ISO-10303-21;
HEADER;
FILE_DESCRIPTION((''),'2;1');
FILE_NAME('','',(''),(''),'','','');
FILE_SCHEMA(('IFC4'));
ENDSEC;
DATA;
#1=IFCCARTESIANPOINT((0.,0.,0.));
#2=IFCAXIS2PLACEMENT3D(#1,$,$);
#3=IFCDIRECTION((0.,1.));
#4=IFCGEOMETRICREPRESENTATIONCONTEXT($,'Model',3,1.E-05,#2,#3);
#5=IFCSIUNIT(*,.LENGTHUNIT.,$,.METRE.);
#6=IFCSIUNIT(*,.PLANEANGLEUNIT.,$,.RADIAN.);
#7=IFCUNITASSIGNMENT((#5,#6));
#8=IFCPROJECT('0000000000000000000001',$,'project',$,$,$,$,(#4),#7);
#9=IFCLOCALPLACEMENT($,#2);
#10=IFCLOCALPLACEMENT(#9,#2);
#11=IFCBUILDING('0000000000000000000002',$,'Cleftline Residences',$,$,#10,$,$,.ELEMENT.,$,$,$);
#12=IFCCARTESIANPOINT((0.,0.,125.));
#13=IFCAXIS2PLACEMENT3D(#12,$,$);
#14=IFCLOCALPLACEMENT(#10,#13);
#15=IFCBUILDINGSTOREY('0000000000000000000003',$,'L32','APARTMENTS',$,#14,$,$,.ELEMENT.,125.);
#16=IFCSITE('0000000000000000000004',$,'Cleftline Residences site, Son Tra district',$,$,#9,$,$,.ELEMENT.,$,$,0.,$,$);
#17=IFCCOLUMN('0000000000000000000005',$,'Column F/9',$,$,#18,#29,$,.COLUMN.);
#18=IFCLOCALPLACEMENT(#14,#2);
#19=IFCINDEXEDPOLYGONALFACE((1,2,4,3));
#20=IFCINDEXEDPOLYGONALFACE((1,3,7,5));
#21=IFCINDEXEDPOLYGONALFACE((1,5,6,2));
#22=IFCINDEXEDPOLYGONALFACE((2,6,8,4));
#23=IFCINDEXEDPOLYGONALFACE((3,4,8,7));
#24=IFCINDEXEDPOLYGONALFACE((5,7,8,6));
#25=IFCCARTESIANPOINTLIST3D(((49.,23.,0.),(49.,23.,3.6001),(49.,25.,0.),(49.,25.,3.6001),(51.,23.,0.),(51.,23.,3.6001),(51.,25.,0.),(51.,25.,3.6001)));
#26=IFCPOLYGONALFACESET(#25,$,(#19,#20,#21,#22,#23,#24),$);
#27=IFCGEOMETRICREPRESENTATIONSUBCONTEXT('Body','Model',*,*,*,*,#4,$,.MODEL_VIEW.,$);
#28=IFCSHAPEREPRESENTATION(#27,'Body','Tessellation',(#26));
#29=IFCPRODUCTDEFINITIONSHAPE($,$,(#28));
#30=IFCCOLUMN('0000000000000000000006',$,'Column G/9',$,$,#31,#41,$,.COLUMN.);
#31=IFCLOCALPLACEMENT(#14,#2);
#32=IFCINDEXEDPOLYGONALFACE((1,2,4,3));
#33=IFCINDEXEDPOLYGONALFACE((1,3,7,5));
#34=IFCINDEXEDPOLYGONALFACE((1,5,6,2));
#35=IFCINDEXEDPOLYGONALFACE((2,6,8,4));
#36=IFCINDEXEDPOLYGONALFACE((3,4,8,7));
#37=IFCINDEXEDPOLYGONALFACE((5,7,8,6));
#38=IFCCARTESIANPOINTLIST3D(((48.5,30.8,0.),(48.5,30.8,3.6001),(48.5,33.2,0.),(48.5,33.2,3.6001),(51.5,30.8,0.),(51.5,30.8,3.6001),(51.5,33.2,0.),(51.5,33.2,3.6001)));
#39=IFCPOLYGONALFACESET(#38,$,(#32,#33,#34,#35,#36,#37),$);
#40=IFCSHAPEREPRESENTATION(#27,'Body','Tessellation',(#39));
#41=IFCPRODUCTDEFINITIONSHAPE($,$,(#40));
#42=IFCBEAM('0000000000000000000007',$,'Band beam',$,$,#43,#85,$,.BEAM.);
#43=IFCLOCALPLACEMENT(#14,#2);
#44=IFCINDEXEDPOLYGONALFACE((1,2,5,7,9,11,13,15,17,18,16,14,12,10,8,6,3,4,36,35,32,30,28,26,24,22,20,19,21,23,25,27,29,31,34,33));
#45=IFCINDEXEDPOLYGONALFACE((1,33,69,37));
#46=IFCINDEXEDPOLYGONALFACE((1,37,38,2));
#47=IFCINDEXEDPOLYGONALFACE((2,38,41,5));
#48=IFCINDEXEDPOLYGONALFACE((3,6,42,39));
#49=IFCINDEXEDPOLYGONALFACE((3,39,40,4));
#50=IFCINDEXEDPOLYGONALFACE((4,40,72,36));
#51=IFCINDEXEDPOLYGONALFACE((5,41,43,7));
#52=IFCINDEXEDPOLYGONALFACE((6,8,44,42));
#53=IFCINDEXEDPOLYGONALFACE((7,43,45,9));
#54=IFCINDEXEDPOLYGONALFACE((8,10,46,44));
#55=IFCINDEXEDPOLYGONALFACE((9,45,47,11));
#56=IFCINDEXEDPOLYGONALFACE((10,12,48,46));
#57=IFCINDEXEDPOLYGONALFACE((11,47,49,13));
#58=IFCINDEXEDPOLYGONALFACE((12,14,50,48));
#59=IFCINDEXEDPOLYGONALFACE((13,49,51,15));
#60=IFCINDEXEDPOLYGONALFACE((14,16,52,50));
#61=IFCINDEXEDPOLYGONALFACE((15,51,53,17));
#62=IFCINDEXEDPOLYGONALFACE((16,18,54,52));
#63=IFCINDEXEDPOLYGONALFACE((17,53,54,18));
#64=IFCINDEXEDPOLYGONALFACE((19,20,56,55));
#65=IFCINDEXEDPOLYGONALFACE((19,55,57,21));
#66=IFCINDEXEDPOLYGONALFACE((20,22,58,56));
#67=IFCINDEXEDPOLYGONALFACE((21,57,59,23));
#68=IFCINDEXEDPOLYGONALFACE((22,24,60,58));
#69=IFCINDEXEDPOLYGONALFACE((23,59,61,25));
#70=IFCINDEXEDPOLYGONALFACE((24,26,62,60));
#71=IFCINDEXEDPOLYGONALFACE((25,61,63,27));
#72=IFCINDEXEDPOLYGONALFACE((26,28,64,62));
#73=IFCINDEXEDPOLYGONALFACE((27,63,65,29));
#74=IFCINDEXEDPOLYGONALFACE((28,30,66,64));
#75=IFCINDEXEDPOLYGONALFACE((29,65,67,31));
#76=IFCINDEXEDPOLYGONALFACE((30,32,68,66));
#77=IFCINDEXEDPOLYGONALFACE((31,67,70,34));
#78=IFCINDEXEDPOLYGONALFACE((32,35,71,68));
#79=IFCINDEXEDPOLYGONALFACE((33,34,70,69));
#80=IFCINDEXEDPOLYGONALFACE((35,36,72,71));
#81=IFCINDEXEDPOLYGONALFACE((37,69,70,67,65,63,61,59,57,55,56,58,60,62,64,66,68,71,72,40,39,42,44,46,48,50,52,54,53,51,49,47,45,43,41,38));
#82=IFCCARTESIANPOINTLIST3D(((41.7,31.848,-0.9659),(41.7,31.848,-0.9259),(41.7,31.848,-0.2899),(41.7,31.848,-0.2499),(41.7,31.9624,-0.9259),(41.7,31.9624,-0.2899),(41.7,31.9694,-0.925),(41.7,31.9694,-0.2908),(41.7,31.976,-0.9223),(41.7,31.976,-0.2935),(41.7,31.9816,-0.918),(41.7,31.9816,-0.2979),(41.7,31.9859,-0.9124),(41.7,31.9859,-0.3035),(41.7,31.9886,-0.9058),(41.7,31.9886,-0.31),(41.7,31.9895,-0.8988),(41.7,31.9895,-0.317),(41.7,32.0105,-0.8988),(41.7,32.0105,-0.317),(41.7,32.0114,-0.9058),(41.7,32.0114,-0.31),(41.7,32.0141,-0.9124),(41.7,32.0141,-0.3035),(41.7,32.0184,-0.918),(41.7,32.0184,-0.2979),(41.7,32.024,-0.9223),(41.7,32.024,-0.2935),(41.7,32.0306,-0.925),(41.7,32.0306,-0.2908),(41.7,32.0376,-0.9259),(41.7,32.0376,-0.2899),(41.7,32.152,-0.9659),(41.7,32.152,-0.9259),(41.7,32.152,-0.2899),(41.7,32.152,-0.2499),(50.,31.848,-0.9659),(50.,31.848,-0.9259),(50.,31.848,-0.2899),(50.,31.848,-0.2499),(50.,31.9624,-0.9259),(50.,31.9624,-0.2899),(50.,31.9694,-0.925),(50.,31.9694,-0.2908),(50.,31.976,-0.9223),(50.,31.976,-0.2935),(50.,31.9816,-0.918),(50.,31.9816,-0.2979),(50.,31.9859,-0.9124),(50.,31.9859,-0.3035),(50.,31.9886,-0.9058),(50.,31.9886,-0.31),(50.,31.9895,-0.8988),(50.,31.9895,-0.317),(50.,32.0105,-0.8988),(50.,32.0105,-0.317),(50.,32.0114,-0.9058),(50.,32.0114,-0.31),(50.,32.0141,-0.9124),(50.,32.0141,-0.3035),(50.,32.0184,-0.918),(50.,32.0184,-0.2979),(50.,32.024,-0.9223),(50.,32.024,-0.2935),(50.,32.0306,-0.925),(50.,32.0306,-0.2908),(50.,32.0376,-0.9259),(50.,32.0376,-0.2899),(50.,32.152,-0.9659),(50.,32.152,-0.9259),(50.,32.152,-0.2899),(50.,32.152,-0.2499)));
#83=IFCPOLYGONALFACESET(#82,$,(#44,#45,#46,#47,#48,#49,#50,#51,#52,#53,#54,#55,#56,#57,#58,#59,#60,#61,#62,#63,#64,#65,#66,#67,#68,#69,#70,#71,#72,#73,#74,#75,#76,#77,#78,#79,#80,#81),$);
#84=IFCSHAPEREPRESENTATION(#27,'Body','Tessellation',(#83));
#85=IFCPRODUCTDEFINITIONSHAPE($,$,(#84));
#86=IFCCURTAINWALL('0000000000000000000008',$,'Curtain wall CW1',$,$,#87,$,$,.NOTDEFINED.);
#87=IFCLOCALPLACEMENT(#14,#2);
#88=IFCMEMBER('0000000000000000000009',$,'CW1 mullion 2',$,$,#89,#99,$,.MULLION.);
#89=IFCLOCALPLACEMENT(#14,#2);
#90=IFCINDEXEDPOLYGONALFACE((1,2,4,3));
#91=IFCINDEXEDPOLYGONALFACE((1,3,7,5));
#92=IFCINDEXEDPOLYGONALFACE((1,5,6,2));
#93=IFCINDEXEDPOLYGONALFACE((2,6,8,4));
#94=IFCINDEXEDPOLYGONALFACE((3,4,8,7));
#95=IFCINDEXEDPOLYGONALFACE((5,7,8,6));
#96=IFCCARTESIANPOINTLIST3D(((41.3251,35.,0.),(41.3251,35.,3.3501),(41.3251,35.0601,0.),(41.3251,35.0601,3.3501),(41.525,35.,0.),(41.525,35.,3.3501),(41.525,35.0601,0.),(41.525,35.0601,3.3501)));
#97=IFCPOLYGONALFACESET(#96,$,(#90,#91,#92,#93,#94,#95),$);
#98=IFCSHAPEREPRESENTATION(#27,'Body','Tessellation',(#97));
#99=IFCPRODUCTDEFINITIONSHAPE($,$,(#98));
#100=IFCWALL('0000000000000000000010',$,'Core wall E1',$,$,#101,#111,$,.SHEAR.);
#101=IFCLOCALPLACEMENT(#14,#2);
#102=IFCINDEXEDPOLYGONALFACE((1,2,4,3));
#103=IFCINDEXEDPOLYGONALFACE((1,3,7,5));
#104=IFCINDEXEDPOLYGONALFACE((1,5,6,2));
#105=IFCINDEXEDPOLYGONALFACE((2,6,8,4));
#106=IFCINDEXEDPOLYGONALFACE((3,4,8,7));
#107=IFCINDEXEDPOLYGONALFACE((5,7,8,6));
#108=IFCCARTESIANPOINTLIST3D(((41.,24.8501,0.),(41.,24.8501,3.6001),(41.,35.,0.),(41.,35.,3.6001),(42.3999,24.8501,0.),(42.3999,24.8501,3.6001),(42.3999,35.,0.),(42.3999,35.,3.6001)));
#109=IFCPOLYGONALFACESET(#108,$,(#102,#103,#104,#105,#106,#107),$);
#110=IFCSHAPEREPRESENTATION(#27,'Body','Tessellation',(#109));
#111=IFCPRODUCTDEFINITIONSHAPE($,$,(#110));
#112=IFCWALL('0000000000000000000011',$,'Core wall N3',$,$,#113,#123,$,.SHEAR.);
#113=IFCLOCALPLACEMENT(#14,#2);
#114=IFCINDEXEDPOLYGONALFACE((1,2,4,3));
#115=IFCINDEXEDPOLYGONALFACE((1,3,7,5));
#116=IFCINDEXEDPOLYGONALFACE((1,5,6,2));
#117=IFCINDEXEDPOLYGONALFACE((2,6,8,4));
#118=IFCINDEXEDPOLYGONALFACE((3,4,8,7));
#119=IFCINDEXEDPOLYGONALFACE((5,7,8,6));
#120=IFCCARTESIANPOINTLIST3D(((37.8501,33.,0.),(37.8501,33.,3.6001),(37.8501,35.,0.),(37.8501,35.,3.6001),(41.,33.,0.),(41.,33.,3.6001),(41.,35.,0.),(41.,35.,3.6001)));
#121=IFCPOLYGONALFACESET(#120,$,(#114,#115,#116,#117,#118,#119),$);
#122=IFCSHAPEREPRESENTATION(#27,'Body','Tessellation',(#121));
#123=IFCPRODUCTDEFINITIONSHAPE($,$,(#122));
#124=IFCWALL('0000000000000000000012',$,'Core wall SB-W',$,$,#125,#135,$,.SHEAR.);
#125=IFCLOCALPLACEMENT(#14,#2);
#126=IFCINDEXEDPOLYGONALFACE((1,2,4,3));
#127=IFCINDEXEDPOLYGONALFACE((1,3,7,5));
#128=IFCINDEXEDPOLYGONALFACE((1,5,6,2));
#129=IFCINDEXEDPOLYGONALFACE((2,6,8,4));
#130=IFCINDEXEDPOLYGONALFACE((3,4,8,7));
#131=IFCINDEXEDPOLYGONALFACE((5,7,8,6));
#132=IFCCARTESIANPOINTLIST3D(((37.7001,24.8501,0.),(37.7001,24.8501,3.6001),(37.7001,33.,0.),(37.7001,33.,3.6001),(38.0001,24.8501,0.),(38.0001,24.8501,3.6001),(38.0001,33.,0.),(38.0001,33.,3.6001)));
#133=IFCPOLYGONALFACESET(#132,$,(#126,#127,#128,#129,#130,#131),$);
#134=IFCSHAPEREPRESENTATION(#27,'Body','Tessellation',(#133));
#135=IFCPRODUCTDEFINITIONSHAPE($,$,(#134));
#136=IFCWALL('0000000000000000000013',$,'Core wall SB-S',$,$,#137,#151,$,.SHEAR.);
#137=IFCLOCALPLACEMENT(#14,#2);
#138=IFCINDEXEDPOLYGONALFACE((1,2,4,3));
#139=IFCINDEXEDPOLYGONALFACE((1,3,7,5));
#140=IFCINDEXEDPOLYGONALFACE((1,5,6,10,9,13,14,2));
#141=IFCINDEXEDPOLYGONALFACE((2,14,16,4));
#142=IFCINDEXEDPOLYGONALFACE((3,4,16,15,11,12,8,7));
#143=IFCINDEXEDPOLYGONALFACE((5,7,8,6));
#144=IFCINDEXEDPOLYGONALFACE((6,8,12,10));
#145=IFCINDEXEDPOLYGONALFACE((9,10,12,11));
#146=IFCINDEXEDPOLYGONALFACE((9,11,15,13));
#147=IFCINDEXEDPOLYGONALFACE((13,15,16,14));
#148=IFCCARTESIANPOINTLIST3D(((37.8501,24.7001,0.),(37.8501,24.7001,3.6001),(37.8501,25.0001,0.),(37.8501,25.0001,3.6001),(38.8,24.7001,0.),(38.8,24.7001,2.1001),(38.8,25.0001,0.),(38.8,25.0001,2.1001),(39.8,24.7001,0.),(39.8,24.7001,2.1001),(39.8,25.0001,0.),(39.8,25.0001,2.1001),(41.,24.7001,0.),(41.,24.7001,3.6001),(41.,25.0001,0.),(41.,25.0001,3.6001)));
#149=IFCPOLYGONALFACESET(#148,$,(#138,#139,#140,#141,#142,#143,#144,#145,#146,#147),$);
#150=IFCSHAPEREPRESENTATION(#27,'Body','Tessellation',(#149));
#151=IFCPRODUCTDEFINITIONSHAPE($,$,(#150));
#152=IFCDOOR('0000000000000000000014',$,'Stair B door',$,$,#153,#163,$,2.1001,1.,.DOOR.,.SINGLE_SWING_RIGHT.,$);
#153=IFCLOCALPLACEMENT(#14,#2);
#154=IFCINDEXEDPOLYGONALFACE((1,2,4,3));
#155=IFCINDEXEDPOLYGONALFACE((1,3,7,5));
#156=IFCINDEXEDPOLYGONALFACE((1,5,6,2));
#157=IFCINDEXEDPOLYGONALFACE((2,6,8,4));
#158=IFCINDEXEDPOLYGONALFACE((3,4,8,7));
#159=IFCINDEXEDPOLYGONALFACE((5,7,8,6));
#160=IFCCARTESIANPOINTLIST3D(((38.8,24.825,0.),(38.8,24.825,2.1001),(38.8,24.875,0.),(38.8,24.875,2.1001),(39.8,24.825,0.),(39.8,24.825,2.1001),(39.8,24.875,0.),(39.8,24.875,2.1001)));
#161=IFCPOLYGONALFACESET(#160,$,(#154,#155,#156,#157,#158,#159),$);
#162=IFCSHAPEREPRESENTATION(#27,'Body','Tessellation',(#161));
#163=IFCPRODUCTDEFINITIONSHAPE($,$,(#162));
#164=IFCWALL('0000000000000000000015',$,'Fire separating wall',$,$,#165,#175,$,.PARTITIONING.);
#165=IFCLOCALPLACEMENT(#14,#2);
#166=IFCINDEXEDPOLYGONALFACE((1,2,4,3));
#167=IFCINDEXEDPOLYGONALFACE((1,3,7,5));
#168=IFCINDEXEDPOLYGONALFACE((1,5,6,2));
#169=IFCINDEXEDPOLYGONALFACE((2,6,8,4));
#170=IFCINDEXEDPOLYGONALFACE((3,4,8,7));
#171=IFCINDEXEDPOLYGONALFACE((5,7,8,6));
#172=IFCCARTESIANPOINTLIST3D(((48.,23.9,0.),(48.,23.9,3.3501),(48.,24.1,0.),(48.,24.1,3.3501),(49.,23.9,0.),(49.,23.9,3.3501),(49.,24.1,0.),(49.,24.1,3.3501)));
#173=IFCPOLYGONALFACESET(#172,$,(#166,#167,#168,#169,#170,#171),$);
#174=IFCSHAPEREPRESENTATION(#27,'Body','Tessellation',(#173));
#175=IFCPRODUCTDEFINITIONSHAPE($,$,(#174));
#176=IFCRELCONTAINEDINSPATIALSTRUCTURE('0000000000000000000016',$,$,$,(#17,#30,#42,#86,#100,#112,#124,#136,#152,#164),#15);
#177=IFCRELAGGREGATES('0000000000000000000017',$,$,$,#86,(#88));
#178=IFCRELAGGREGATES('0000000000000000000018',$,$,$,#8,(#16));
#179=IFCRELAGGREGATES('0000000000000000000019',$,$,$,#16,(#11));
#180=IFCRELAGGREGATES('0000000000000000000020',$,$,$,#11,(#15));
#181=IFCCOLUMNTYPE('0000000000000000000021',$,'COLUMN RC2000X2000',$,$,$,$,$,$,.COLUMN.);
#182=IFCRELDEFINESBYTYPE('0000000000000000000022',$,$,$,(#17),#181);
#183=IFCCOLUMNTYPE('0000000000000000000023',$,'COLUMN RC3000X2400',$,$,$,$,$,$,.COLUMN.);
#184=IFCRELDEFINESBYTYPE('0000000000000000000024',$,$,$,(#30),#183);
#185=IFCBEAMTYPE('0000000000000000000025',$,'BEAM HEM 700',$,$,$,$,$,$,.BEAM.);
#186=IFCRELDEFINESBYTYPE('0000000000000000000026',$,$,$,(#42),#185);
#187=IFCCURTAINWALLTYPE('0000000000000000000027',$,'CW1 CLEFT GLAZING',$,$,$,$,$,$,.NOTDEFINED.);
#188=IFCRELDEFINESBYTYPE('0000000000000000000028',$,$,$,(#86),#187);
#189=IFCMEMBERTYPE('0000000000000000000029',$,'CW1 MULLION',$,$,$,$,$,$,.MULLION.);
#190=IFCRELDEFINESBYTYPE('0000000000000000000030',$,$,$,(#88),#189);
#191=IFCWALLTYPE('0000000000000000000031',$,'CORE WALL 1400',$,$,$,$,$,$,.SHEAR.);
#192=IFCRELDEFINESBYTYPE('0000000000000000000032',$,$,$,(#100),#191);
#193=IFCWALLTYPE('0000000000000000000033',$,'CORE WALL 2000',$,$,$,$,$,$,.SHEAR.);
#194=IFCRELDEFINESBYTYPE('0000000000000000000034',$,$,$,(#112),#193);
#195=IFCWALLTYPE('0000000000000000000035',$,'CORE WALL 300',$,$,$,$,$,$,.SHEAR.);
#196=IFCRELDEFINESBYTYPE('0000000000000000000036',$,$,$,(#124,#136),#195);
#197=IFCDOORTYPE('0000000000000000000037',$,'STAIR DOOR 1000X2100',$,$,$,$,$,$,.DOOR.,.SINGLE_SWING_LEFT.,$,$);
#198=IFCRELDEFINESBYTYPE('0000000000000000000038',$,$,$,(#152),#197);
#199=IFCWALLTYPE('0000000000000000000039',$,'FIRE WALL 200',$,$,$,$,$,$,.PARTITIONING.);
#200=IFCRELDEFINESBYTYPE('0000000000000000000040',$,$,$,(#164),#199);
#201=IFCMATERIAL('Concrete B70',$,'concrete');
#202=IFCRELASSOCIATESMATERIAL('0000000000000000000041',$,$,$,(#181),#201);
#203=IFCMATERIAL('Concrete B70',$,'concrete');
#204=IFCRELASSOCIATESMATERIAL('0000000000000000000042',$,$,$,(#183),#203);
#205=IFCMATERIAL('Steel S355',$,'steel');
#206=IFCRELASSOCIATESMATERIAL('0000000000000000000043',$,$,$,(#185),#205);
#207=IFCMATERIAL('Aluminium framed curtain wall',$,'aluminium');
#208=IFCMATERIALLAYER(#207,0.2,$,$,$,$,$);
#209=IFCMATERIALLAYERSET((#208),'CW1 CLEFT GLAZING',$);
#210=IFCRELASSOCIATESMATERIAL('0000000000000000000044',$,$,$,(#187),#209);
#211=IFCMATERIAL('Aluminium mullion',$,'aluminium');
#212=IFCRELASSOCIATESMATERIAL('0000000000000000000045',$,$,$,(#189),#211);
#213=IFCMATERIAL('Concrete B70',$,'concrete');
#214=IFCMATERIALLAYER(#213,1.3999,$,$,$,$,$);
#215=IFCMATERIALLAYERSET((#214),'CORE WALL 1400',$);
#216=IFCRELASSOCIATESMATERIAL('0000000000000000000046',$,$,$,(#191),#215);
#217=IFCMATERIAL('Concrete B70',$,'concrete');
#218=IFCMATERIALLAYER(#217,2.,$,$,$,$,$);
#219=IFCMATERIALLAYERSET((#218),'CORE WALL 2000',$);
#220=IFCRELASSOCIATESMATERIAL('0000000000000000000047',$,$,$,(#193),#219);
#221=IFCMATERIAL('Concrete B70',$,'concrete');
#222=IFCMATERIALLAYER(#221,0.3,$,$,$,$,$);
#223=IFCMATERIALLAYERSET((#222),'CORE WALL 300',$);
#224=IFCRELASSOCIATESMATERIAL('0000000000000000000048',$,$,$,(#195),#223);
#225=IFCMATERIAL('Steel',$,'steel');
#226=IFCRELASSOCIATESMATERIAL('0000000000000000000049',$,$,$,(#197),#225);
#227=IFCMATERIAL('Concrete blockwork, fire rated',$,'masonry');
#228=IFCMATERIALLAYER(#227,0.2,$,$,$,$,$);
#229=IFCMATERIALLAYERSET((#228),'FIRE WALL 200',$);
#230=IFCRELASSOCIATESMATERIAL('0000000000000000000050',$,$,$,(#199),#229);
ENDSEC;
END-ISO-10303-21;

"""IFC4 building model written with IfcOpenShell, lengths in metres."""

from ifc_helpers import new_model, si_unit, direction, frame, frame_2d, origin, origin_2d, place, context, subcontext, project, spatial, rectangle, i_section, extrude, material, layer, layer_set, material_profile, profile_set, type_object, element, fill, aggregate, save


model = new_model("IFC4")

# Units and contexts
model_context = context("Model", 3, precision=1e-05, world=origin(), true_north=direction((0.0, 1.0)))
body_context = subcontext(model_context, "Body", "Model", "MODEL_VIEW")
ifc_project = project(units=[si_unit("LENGTHUNIT", "METRE"), si_unit("PLANEANGLEUNIT", "RADIAN")], contexts=[model_context])

# Site, building, storey
site_placement = place(None, origin())
site = spatial("IfcSite", under=ifc_project, at=site_placement, Name="Cleftline Residences site, Son Tra district", CompositionType="ELEMENT", RefElevation=0.0)
building_placement = place(site_placement, origin())
building = spatial("IfcBuilding", under=site, at=building_placement, Name="Cleftline Residences", CompositionType="ELEMENT")
storey_placement = place(building_placement, frame((0.0, 0.0, 125.0)))
storey = spatial("IfcBuildingStorey", under=building, at=storey_placement, Name="L32", Description="APARTMENTS", CompositionType="ELEMENT", Elevation=125.0)

# Columns
ifc_material_1 = material(Name="Concrete B70", Category="concrete")
ifc_material_profile_1 = material_profile(ifc_material_1, rectangle(XDim=2.0, YDim=2.0, at=origin_2d()))
ifc_profile_set_1 = profile_set([ifc_material_profile_1], Name="Concrete B70")
column_type_1 = type_object("IfcColumnType", Name="COLUMN RC2000X2000", PredefinedType="COLUMN", material=ifc_profile_set_1)
column_1_placement = place(storey_placement, frame((50.0, 24.0, 0.0), z_axis=(0.0, 0.0, 1.0), x_axis=(1.0, 0.0, 0.0)))
element("IfcColumn", 1, at=column_1_placement, inside=storey, type_object=column_type_1, Name="Column F/9", PredefinedType="COLUMN", context=body_context, shape_type="SweptSolid", body=[
    extrude(rectangle(XDim=2.0, YDim=2.0, at=origin_2d()), origin(), (0.0, 0.0, 1.0), 3.6001),
])
ifc_material_2 = material(Name="Concrete B70", Category="concrete")
ifc_material_profile_2 = material_profile(ifc_material_2, rectangle(XDim=3.0, YDim=2.3999, at=origin_2d()))
ifc_profile_set_2 = profile_set([ifc_material_profile_2], Name="Concrete B70")
column_type_2 = type_object("IfcColumnType", Name="COLUMN RC3000X2400", PredefinedType="COLUMN", material=ifc_profile_set_2)
column_2_placement = place(storey_placement, frame((50.0, 32.0, 0.0), z_axis=(0.0, 0.0, 1.0), x_axis=(1.0, 0.0, 0.0)))
element("IfcColumn", 2, at=column_2_placement, inside=storey, type_object=column_type_2, Name="Column G/9", PredefinedType="COLUMN", context=body_context, shape_type="SweptSolid", body=[
    extrude(rectangle(XDim=3.0, YDim=2.3999, at=origin_2d()), origin(), (0.0, 0.0, 1.0), 3.6001),
])

# Beam
ifc_material_3 = material(Name="Steel S355", Category="steel")
ifc_material_profile_3 = material_profile(ifc_material_3, i_section(OverallWidth=0.304, OverallDepth=0.7161, WebThickness=0.021, FlangeThickness=0.04, FilletRadius=0.0271, at=origin_2d()))
ifc_profile_set_3 = profile_set([ifc_material_profile_3], Name="Steel S355")
beam_type = type_object("IfcBeamType", Name="BEAM HEM 700", PredefinedType="BEAM", material=ifc_profile_set_3)
beam_placement = place(storey_placement, frame((50.0, 32.0, -0.6079), z_axis=(-1.0, 0.0, 0.0), x_axis=(0.0, -1.0, 0.0)))
element("IfcBeam", 3, at=beam_placement, inside=storey, type_object=beam_type, Name="Band beam", PredefinedType="BEAM", context=body_context, shape_type="SweptSolid", body=[
    extrude(i_section(OverallWidth=0.304, OverallDepth=0.7161, WebThickness=0.021, FlangeThickness=0.04, FilletRadius=0.0271, at=origin_2d()), origin(), (0.0, 0.0, 1.0), 8.3),
])

# Curtain wall, member
ifc_material_4 = material(Name="Aluminium framed curtain wall", Category="aluminium")
ifc_layer_1 = layer(ifc_material_4, 0.2)
ifc_layer_set_1 = layer_set([ifc_layer_1], Name="CW1 CLEFT GLAZING")
curtain_wall_type = type_object("IfcCurtainWallType", Name="CW1 CLEFT GLAZING", PredefinedType="NOTDEFINED", material=ifc_layer_set_1)
curtain_wall_placement = place(storey_placement, origin())
curtain_wall = element("IfcCurtainWall", 4, at=curtain_wall_placement, inside=storey, type_object=curtain_wall_type, Name="Curtain wall CW1", PredefinedType="NOTDEFINED")
ifc_material_5 = material(Name="Aluminium mullion", Category="aluminium")
ifc_material_profile_4 = material_profile(ifc_material_5, rectangle(XDim=0.2, YDim=0.0601, at=origin_2d()))
ifc_profile_set_4 = profile_set([ifc_material_profile_4], Name="Aluminium mullion")
member_type = type_object("IfcMemberType", Name="CW1 MULLION", PredefinedType="MULLION", material=ifc_profile_set_4)
member_placement = place(storey_placement, frame((41.425, 35.03, 0.0), z_axis=(0.0, 0.0, 1.0), x_axis=(1.0, 0.0, 0.0)))
member = element("IfcMember", 5, at=member_placement, type_object=member_type, Name="CW1 mullion 2", PredefinedType="MULLION", context=body_context, shape_type="SweptSolid", body=[
    extrude(rectangle(XDim=0.2, YDim=0.0601, at=origin_2d()), origin(), (0.0, 0.0, 1.0), 3.3501),
])
aggregate(curtain_wall, [member])

# Walls
ifc_material_6 = material(Name="Concrete B70", Category="concrete")
ifc_layer_2 = layer(ifc_material_6, 1.3999)
ifc_layer_set_2 = layer_set([ifc_layer_2], Name="CORE WALL 1400")
wall_type_1 = type_object("IfcWallType", Name="CORE WALL 1400", PredefinedType="SHEAR", material=ifc_layer_set_2)
wall_1_placement = place(storey_placement, frame((41.7, 24.8501, 0.0), z_axis=(0.0, 0.0, 1.0), x_axis=(0.0, 1.0, 0.0)))
element("IfcWall", 6, at=wall_1_placement, inside=storey, type_object=wall_type_1, Name="Core wall E1", PredefinedType="SHEAR", context=body_context, shape_type="SweptSolid", body=[
    extrude(rectangle(XDim=10.1499, YDim=1.3999, at=frame_2d((5.075, 0.0))), origin(), (0.0, 0.0, 1.0), 3.6001),
])
ifc_material_7 = material(Name="Concrete B70", Category="concrete")
ifc_layer_3 = layer(ifc_material_7, 2.0)
ifc_layer_set_3 = layer_set([ifc_layer_3], Name="CORE WALL 2000")
wall_type_2 = type_object("IfcWallType", Name="CORE WALL 2000", PredefinedType="SHEAR", material=ifc_layer_set_3)
wall_2_placement = place(storey_placement, frame((37.8501, 34.0, 0.0), z_axis=(0.0, 0.0, 1.0), x_axis=(1.0, 0.0, 0.0)))
element("IfcWall", 7, at=wall_2_placement, inside=storey, type_object=wall_type_2, Name="Core wall N3", PredefinedType="SHEAR", context=body_context, shape_type="SweptSolid", body=[
    extrude(rectangle(XDim=3.1499, YDim=2.0, at=frame_2d((1.575, 0.0))), origin(), (0.0, 0.0, 1.0), 3.6001),
])
ifc_material_8 = material(Name="Concrete B70", Category="concrete")
ifc_layer_4 = layer(ifc_material_8, 0.3)
ifc_layer_set_4 = layer_set([ifc_layer_4], Name="CORE WALL 300")
wall_type_3 = type_object("IfcWallType", Name="CORE WALL 300", PredefinedType="SHEAR", material=ifc_layer_set_4)
wall_3_placement = place(storey_placement, frame((37.8501, 24.8501, 0.0), z_axis=(0.0, 0.0, 1.0), x_axis=(0.0, 1.0, 0.0)))
element("IfcWall", 8, at=wall_3_placement, inside=storey, type_object=wall_type_3, Name="Core wall SB-W", PredefinedType="SHEAR", context=body_context, shape_type="SweptSolid", body=[
    extrude(rectangle(XDim=8.1499, YDim=0.3, at=frame_2d((4.075, 0.0))), origin(), (0.0, 0.0, 1.0), 3.6001),
])

# Wall, opening, door
wall_4_placement = place(storey_placement, frame((37.8501, 24.8501, 0.0), z_axis=(0.0, 0.0, 1.0), x_axis=(1.0, 0.0, 0.0)))
wall_4 = element("IfcWall", 9, at=wall_4_placement, inside=storey, type_object=wall_type_3, Name="Core wall SB-S", PredefinedType="SHEAR", context=body_context, shape_type="SweptSolid", body=[
    extrude(rectangle(XDim=3.1499, YDim=0.3, at=frame_2d((1.575, 0.0))), origin(), (0.0, 0.0, 1.0), 3.6001),
])
opening_1_placement = place(wall_4_placement, frame((0.95, 0.0, 0.0)))
opening_1 = element("IfcOpeningElement", 10, at=opening_1_placement, cuts=wall_4, PredefinedType="OPENING", context=body_context, shape_type="SweptSolid", body=[
    extrude(rectangle(XDim=1.0, YDim=2.1001, at=frame_2d((0.5, 1.05))), frame((0.0, 0.1599, 0.0), z_axis=(0.0, -1.0, 0.0), x_axis=(1.0, 0.0, 0.0)), (0.0, 0.0, 1.0), 0.3201),
])
ifc_material_9 = material(Name="Steel", Category="steel")
door_type_1 = type_object("IfcDoorType", Name="STAIR DOOR 1000X2100", OperationType="SINGLE_SWING_LEFT", PredefinedType="DOOR", material=ifc_material_9)
door_1_placement = place(opening_1_placement, origin())
door_1 = element("IfcDoor", 11, at=door_1_placement, inside=storey, type_object=door_type_1, Name="Stair B door", OperationType="SINGLE_SWING_RIGHT", OverallHeight=2.1001, OverallWidth=1.0, PredefinedType="DOOR", context=body_context, shape_type="SweptSolid", body=[
    extrude(rectangle(XDim=1.0, YDim=2.1001, at=frame_2d((0.5, 1.05))), frame((0.0, 0.0249, 0.0), z_axis=(0.0, -1.0, 0.0), x_axis=(1.0, 0.0, 0.0)), (0.0, 0.0, 1.0), 0.05),
])
fill(opening_1, door_1)

# Wall
ifc_material_10 = material(Name="Concrete blockwork, fire rated", Category="masonry")
ifc_layer_5 = layer(ifc_material_10, 0.2)
ifc_layer_set_5 = layer_set([ifc_layer_5], Name="FIRE WALL 200")
wall_type_4 = type_object("IfcWallType", Name="FIRE WALL 200", PredefinedType="PARTITIONING", material=ifc_layer_set_5)
wall_5_placement = place(storey_placement, frame((48.0, 24.0, 0.0), z_axis=(0.0, 0.0, 1.0), x_axis=(1.0, 0.0, 0.0)))
element("IfcWall", 12, at=wall_5_placement, inside=storey, type_object=wall_type_4, Name="Fire separating wall", PredefinedType="PARTITIONING", context=body_context, shape_type="SweptSolid", body=[
    extrude(rectangle(XDim=1.0, YDim=0.2, at=frame_2d((0.5, 0.0))), origin(), (0.0, 0.0, 1.0), 3.3501),
])

save(model, "model.ifc")
